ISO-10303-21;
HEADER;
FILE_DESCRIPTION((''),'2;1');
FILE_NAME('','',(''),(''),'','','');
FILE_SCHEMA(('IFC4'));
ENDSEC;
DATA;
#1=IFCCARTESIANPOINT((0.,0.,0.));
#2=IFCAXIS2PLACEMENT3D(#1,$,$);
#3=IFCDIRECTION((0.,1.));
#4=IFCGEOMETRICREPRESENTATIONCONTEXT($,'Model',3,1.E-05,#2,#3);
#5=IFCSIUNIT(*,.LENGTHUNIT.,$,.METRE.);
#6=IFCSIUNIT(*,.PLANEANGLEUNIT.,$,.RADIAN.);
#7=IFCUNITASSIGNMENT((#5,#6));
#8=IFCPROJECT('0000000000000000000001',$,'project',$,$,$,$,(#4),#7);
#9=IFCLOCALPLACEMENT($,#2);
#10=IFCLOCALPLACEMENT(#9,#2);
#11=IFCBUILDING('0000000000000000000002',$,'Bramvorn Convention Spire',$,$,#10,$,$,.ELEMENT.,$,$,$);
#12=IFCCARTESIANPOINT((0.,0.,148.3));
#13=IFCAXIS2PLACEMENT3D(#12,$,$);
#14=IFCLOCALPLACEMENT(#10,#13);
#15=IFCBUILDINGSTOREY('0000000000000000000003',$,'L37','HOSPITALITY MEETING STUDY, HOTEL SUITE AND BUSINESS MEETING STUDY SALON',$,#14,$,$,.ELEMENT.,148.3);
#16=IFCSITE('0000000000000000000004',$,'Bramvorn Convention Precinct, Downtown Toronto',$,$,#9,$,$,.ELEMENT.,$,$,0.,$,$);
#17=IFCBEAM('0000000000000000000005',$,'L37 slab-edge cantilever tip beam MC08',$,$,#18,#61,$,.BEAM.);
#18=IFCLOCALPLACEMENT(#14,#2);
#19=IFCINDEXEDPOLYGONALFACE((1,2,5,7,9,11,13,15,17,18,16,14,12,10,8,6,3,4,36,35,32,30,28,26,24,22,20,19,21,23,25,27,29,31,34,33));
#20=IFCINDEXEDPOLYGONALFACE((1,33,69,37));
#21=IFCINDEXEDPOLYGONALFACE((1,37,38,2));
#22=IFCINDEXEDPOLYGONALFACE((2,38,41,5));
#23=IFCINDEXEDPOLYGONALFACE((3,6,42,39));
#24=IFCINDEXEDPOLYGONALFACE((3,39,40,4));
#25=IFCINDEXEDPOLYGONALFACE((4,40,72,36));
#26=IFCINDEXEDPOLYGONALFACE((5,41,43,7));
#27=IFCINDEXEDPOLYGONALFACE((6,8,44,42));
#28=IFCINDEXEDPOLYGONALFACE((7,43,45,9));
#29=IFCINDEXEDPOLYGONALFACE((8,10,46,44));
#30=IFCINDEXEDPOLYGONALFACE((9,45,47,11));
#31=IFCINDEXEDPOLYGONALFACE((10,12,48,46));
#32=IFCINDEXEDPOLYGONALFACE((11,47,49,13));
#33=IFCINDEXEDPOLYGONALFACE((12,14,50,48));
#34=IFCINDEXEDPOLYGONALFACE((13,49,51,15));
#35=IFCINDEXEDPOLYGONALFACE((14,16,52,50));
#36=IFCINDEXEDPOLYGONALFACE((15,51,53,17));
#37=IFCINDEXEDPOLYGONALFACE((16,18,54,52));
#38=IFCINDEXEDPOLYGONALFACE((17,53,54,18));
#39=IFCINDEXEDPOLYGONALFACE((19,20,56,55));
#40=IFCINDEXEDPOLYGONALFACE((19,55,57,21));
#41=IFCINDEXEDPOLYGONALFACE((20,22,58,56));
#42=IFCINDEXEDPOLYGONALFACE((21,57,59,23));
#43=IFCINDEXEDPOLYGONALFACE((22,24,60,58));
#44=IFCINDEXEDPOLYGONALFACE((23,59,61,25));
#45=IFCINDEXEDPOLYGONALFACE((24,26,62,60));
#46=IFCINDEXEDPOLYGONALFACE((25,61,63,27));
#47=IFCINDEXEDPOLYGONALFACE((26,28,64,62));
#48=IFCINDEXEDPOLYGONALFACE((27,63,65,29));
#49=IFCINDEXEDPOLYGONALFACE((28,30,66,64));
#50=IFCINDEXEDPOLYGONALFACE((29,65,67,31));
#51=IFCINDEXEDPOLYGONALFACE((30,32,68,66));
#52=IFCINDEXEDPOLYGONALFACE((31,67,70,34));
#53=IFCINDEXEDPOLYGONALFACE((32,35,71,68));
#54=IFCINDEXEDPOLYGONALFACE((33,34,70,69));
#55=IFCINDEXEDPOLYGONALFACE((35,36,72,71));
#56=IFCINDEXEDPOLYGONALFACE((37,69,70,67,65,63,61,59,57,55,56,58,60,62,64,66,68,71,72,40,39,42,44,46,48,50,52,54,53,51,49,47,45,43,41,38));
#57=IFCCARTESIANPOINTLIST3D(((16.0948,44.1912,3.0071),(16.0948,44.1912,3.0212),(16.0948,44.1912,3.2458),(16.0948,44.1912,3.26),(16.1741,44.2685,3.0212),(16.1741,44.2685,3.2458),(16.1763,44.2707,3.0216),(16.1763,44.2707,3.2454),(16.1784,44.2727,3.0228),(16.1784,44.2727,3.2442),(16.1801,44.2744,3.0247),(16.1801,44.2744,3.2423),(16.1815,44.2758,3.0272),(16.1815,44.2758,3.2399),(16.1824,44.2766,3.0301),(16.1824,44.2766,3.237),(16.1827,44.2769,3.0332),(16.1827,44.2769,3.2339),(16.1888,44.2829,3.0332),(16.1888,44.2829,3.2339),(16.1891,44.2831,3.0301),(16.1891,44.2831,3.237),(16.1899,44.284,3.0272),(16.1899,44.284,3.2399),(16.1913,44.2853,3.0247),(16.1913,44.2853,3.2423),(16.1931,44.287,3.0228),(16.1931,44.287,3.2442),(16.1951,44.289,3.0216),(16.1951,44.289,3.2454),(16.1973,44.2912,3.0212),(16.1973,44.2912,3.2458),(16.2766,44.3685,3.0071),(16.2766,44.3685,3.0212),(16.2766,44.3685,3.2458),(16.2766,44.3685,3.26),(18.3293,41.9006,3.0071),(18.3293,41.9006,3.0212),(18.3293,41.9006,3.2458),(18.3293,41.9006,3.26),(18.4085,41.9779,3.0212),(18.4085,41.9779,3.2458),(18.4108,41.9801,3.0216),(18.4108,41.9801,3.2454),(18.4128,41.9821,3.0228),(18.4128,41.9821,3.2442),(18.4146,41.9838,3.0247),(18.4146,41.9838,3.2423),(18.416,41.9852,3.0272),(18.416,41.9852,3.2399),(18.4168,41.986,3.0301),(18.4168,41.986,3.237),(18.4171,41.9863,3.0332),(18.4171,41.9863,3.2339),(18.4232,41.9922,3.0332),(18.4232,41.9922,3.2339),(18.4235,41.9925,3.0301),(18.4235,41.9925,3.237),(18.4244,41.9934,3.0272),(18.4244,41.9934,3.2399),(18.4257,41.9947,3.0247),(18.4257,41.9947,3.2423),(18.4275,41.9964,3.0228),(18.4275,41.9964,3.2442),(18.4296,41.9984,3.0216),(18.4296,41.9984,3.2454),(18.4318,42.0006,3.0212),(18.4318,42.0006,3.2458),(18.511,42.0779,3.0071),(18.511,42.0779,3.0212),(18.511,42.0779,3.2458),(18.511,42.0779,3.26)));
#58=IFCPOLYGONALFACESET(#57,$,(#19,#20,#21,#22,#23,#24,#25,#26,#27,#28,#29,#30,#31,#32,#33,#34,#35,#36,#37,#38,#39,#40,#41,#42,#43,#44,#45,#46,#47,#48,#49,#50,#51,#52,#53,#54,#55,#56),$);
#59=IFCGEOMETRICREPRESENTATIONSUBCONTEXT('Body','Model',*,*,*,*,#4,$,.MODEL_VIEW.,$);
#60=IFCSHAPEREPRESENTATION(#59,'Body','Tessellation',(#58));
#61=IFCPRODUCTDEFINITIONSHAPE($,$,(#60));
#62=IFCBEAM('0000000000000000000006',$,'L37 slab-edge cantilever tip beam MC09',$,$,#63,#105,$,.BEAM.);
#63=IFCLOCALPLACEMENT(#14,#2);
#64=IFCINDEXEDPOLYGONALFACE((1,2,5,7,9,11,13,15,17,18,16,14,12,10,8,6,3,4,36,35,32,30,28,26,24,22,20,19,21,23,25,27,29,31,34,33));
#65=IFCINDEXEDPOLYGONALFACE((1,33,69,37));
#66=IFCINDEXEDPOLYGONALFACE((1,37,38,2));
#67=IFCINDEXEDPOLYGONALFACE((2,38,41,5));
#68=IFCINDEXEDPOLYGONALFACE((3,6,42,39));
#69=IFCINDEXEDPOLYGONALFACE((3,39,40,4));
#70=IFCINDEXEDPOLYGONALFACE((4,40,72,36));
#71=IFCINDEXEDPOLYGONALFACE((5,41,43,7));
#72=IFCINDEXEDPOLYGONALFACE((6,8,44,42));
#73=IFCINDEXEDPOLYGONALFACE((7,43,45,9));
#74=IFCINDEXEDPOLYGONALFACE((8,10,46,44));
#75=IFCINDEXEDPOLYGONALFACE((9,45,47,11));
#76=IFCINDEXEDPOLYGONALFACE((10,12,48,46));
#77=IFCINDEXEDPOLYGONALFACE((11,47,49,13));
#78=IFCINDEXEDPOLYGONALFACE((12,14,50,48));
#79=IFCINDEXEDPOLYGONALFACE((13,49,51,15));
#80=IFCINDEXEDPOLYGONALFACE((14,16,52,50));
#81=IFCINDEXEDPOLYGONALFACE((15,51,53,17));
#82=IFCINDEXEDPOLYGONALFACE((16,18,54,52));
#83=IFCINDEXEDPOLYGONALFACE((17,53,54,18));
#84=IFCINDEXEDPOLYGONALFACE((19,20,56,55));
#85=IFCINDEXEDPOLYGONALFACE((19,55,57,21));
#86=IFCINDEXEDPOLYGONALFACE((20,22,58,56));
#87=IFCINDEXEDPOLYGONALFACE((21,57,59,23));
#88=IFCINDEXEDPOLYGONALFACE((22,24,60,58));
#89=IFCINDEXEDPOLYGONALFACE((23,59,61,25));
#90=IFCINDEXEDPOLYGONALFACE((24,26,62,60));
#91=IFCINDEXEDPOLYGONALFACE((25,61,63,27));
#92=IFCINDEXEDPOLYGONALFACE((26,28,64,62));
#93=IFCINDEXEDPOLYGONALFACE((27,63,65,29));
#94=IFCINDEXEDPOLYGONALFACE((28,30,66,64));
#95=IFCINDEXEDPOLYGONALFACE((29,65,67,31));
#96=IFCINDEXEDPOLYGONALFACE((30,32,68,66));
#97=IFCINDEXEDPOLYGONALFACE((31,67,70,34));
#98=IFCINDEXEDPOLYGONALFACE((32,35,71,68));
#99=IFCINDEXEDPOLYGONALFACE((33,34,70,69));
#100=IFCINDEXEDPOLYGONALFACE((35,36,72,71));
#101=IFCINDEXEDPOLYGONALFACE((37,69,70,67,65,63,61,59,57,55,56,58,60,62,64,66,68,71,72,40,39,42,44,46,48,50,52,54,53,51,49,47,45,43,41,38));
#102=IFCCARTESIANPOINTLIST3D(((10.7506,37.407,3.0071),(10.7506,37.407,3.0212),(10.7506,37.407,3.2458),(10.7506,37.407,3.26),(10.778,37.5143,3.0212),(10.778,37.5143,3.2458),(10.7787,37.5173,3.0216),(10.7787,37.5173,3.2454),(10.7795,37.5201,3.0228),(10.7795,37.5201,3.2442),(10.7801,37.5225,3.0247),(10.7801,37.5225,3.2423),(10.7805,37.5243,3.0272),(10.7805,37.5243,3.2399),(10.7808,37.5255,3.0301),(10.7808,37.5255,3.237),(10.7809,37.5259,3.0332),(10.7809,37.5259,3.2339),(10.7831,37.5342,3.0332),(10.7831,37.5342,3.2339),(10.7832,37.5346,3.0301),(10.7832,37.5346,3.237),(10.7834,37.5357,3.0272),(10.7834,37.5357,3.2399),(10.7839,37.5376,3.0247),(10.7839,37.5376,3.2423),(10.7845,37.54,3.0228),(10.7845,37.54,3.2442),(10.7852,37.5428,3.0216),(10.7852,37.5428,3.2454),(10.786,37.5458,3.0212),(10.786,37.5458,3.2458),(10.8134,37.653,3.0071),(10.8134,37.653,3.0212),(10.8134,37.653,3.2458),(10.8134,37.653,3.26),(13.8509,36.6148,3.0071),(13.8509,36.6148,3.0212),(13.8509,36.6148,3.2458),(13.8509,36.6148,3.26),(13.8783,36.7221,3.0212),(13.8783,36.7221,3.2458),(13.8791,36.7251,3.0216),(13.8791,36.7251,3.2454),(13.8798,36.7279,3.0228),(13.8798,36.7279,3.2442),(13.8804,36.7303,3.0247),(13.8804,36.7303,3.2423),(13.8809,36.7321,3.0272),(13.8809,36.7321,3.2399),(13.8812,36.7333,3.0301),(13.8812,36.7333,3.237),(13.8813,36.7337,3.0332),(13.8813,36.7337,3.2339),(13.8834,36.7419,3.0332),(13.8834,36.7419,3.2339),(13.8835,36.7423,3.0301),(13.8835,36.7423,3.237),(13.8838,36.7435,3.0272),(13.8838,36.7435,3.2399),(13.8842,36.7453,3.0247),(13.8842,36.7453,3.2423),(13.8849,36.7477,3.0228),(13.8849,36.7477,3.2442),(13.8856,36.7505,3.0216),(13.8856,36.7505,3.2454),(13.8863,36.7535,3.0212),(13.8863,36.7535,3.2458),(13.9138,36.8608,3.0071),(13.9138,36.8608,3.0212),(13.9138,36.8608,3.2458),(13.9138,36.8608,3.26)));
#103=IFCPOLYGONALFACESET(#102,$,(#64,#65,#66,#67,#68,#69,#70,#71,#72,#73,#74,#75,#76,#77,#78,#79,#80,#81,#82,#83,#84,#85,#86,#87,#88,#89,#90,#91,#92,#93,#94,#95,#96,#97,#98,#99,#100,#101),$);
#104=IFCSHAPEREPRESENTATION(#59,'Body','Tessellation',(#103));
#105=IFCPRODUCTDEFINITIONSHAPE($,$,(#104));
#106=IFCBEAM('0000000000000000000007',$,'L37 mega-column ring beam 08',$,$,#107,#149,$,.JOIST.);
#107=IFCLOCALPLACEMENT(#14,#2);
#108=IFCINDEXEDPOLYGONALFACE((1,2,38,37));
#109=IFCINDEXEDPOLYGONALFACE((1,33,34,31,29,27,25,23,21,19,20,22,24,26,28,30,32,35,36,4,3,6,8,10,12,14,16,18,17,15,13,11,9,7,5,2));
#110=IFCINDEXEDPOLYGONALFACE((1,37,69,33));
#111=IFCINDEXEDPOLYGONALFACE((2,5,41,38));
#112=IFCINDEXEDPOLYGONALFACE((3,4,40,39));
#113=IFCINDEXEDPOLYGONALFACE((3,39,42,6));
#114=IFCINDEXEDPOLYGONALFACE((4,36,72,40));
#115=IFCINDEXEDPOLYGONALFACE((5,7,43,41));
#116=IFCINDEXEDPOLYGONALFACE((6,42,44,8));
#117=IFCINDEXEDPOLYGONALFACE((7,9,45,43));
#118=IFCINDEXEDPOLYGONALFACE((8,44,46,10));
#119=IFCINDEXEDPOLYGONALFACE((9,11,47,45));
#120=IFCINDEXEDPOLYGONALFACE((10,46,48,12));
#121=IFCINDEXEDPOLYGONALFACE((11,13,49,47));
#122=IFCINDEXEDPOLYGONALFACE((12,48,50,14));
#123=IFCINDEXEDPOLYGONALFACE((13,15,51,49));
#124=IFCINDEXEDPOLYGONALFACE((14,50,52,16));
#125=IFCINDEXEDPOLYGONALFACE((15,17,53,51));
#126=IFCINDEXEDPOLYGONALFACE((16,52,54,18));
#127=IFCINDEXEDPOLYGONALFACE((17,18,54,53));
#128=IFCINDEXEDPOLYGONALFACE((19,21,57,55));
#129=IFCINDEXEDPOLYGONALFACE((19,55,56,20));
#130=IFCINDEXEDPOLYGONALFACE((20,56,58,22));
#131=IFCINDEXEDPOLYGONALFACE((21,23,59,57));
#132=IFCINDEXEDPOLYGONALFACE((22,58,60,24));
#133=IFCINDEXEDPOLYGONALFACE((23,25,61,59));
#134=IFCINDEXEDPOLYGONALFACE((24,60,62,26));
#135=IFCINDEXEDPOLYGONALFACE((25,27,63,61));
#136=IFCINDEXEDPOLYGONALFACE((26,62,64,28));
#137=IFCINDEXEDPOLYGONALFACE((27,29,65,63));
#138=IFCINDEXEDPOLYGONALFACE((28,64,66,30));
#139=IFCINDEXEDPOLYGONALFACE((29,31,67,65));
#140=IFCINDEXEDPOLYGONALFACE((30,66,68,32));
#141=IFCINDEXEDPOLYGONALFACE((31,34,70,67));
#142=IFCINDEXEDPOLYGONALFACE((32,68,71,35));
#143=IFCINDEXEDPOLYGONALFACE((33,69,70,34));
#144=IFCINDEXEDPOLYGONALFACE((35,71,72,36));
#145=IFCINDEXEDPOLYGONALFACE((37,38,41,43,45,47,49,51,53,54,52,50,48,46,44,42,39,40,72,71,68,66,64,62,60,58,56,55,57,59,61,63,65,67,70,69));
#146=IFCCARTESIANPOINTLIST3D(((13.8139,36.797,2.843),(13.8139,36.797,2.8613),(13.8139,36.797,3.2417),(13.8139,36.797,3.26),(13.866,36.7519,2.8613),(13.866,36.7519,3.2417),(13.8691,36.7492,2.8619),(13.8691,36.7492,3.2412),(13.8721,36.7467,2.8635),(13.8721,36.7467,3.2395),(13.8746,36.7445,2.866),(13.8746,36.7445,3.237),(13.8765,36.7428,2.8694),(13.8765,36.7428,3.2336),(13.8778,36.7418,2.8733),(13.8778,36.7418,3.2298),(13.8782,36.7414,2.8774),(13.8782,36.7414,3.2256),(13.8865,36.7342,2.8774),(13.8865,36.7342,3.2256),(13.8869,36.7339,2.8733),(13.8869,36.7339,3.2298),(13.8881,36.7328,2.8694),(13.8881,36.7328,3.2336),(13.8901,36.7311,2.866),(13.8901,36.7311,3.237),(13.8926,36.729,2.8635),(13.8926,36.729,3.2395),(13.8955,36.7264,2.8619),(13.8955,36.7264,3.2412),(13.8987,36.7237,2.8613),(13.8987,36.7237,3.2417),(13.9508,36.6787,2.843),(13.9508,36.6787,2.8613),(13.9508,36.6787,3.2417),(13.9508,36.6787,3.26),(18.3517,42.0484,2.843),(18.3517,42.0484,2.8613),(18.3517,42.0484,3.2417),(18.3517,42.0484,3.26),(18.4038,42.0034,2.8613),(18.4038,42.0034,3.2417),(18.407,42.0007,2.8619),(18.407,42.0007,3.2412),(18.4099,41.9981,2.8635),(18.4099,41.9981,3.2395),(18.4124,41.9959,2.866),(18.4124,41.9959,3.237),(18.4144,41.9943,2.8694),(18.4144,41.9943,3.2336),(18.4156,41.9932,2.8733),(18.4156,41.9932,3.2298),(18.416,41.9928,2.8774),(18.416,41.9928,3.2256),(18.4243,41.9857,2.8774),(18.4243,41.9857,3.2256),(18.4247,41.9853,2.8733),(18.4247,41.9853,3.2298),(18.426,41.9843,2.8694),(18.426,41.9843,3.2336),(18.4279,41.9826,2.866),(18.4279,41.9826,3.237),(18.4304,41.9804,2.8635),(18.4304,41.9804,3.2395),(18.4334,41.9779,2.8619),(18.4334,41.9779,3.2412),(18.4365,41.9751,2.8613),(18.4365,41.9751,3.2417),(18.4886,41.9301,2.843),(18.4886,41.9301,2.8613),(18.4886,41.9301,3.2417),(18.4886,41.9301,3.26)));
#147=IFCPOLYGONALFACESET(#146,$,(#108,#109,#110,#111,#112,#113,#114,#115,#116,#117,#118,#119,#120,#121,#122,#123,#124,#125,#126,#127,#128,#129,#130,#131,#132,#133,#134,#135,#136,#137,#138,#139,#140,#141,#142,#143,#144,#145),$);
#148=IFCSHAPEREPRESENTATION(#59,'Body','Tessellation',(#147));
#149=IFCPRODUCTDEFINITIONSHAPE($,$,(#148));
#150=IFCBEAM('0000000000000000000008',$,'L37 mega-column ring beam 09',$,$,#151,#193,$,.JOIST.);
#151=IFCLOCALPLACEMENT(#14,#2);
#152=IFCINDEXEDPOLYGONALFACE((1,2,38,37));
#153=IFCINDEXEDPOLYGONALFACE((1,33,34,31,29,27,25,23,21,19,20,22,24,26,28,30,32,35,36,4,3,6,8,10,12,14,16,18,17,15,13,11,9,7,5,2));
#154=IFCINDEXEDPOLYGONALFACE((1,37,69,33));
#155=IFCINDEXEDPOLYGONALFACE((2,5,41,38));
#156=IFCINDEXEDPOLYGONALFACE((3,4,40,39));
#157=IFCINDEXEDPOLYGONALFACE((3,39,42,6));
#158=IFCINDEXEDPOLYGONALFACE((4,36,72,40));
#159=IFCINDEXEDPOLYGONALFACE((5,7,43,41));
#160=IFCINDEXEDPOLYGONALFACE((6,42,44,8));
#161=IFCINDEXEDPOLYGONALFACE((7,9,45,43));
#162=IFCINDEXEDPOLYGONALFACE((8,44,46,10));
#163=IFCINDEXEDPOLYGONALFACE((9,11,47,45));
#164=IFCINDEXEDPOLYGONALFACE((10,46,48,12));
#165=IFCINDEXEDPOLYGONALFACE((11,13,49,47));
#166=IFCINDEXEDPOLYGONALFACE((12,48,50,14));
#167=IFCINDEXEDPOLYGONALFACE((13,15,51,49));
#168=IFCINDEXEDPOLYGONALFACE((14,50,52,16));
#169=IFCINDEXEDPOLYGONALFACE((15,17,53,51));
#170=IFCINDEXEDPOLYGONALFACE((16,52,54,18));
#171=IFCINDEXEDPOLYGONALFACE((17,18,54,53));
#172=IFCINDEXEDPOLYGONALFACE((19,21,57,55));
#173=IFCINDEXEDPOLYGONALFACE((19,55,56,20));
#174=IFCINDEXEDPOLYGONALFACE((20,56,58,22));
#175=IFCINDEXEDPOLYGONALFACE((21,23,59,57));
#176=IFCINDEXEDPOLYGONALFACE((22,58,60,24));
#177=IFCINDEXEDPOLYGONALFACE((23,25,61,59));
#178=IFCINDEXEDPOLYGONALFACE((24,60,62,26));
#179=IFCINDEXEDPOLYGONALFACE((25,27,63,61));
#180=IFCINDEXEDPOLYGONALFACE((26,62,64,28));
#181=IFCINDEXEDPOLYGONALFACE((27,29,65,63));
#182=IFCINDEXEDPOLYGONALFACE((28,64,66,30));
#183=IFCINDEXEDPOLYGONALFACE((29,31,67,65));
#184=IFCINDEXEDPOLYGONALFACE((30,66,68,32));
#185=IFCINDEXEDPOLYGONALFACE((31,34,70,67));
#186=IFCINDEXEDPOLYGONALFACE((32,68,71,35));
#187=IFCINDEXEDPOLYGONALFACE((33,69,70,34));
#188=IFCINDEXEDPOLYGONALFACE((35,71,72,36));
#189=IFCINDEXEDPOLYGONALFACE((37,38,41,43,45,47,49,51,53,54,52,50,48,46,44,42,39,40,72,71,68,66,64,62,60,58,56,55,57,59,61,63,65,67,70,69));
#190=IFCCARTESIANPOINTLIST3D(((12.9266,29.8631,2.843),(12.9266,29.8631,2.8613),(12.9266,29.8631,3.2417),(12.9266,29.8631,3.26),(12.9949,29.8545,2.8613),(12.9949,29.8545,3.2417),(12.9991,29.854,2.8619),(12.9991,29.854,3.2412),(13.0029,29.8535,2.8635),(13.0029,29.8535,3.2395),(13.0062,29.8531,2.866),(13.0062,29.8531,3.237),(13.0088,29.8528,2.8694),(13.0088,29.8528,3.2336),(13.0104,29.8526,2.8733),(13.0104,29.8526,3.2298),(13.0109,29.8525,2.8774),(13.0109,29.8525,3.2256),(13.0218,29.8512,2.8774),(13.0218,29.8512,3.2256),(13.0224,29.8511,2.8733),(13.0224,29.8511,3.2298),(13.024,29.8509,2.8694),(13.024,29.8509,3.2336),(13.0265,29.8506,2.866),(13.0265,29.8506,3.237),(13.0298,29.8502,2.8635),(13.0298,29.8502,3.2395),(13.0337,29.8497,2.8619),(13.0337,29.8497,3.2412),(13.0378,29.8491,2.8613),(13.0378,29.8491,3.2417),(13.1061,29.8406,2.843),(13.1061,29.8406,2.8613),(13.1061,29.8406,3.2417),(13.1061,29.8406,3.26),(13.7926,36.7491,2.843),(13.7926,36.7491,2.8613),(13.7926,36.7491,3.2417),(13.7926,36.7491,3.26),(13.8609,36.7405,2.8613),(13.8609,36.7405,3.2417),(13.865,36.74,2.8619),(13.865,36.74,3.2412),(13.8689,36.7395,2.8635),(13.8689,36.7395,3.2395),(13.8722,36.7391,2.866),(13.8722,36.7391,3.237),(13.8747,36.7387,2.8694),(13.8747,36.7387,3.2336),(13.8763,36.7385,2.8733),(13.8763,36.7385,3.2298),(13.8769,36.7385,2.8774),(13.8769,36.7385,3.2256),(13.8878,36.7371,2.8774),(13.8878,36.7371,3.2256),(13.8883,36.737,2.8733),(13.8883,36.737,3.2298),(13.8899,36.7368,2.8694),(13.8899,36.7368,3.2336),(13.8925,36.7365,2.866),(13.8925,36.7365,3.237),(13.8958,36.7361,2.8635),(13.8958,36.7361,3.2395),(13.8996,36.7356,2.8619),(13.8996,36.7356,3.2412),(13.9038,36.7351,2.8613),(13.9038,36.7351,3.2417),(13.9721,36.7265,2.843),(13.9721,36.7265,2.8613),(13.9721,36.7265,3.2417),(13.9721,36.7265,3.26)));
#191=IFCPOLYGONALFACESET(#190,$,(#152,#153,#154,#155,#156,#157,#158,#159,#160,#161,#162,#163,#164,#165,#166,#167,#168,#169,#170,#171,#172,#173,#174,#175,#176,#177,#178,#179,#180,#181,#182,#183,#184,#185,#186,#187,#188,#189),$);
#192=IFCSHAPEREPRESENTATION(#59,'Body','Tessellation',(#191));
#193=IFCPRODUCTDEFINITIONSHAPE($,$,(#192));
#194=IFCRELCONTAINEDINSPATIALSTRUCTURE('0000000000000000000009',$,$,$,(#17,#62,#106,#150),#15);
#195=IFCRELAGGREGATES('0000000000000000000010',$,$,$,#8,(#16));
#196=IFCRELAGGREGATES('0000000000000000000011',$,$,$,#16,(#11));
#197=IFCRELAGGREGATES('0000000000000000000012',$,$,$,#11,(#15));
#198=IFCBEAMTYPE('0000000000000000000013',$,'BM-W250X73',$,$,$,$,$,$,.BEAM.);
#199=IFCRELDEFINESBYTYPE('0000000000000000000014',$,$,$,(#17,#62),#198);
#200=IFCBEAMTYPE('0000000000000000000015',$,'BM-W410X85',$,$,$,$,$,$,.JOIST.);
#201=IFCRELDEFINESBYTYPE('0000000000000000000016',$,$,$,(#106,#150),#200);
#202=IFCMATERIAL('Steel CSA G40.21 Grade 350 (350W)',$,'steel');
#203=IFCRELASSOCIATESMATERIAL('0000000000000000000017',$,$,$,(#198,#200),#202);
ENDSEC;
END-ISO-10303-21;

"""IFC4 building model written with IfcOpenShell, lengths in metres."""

from ifc_helpers import new_model, si_unit, direction, frame, origin, origin_2d, place, context, subcontext, project, spatial, i_section, extrude, material, material_profile, profile_set, type_object, element, save


model = new_model("IFC4")

# Units and contexts
model_context = context("Model", 3, precision=1e-05, world=origin(), true_north=direction((0.0, 1.0)))
body_context = subcontext(model_context, "Body", "Model", "MODEL_VIEW")
ifc_project = project(units=[si_unit("LENGTHUNIT", "METRE"), si_unit("PLANEANGLEUNIT", "RADIAN")], contexts=[model_context])

# Site, building, storey
site_placement = place(None, origin())
site = spatial("IfcSite", under=ifc_project, at=site_placement, Name="Bramvorn Convention Precinct, Downtown Toronto", CompositionType="ELEMENT", RefElevation=0.0)
building_placement = place(site_placement, origin())
building = spatial("IfcBuilding", under=site, at=building_placement, Name="Bramvorn Convention Spire", CompositionType="ELEMENT")
storey_placement = place(building_placement, frame((0.0, 0.0, 148.3)))
storey = spatial("IfcBuildingStorey", under=building, at=storey_placement, Name="L37", Description="HOSPITALITY MEETING STUDY, HOTEL SUITE AND BUSINESS MEETING STUDY SALON", CompositionType="ELEMENT", Elevation=148.3)

# Shared definitions
ifc_material_1 = material(Name="Steel CSA G40.21 Grade 350 (350W)", Category="steel")

# Beams
ifc_material_profile_1 = material_profile(ifc_material_1, i_section(OverallWidth=0.2539, OverallDepth=0.2529, WebThickness=0.0085, FlangeThickness=0.0142, FilletRadius=0.012, at=origin_2d()))
ifc_profile_set_1 = profile_set([ifc_material_profile_1], Name="Steel CSA G40.21 Grade 350 (350W) - W250X73")
beam_type_1 = type_object("IfcBeamType", Name="BM-W250X73", PredefinedType="BEAM", material=ifc_profile_set_1)
for number, where, z_axis, x_axis, name in (
    (1, (18.4202, 41.9893, 3.1335), (-0.698278, 0.715827, 0.0), (-0.715827, -0.698278, 0.0), "L37 slab-edge cantilever tip beam MC08"),
    (2, (13.8823, 36.7378, 3.1335), (-0.968868, 0.247577, 0.0), (-0.247577, -0.968868, 0.0), "L37 slab-edge cantilever tip beam MC09"),
):
    element("IfcBeam", number, at=place(storey_placement, frame(where, z_axis=z_axis, x_axis=x_axis)), inside=storey, type_object=beam_type_1, Name=name, PredefinedType="BEAM", context=body_context, shape_type="SweptSolid", body=[
        extrude(i_section(OverallWidth=0.2539, OverallDepth=0.2529, WebThickness=0.0085, FlangeThickness=0.0142, FilletRadius=0.012, at=origin_2d()), origin(), (0.0, 0.0, 1.0), 3.2),
    ])
ifc_material_profile_2 = material_profile(ifc_material_1, i_section(OverallWidth=0.1809, OverallDepth=0.417, WebThickness=0.011, FlangeThickness=0.0183, FilletRadius=0.0161, at=origin_2d()))
ifc_profile_set_2 = profile_set([ifc_material_profile_2], Name="Steel CSA G40.21 Grade 350 (350W) - W410X85")
beam_type_2 = type_object("IfcBeamType", Name="BM-W410X85", PredefinedType="JOIST", material=ifc_profile_set_2)
beam_1_placement = place(storey_placement, frame((18.4202, 41.9893, 3.0515), z_axis=(-0.653825, -0.756646, 0.0), x_axis=(0.756646, -0.653825, 0.0)))
element("IfcBeam", 3, at=beam_1_placement, inside=storey, type_object=beam_type_2, Name="L37 mega-column ring beam 08", PredefinedType="JOIST", context=body_context, shape_type="SweptSolid", body=[
    extrude(i_section(OverallWidth=0.1809, OverallDepth=0.417, WebThickness=0.011, FlangeThickness=0.0183, FilletRadius=0.0161, at=origin_2d()), origin(), (0.0, 0.0, 1.0), 6.9404),
])
beam_2_placement = place(storey_placement, frame((13.8823, 36.7378, 3.0515), z_axis=(-0.124775, -0.992185, 0.0), x_axis=(0.992185, -0.124775, 0.0)))
element("IfcBeam", 4, at=beam_2_placement, inside=storey, type_object=beam_type_2, Name="L37 mega-column ring beam 09", PredefinedType="JOIST", context=body_context, shape_type="SweptSolid", body=[
    extrude(i_section(OverallWidth=0.1809, OverallDepth=0.417, WebThickness=0.011, FlangeThickness=0.0183, FilletRadius=0.0161, at=origin_2d()), origin(), (0.0, 0.0, 1.0), 6.9402),
])

save(model, "model.ifc")
